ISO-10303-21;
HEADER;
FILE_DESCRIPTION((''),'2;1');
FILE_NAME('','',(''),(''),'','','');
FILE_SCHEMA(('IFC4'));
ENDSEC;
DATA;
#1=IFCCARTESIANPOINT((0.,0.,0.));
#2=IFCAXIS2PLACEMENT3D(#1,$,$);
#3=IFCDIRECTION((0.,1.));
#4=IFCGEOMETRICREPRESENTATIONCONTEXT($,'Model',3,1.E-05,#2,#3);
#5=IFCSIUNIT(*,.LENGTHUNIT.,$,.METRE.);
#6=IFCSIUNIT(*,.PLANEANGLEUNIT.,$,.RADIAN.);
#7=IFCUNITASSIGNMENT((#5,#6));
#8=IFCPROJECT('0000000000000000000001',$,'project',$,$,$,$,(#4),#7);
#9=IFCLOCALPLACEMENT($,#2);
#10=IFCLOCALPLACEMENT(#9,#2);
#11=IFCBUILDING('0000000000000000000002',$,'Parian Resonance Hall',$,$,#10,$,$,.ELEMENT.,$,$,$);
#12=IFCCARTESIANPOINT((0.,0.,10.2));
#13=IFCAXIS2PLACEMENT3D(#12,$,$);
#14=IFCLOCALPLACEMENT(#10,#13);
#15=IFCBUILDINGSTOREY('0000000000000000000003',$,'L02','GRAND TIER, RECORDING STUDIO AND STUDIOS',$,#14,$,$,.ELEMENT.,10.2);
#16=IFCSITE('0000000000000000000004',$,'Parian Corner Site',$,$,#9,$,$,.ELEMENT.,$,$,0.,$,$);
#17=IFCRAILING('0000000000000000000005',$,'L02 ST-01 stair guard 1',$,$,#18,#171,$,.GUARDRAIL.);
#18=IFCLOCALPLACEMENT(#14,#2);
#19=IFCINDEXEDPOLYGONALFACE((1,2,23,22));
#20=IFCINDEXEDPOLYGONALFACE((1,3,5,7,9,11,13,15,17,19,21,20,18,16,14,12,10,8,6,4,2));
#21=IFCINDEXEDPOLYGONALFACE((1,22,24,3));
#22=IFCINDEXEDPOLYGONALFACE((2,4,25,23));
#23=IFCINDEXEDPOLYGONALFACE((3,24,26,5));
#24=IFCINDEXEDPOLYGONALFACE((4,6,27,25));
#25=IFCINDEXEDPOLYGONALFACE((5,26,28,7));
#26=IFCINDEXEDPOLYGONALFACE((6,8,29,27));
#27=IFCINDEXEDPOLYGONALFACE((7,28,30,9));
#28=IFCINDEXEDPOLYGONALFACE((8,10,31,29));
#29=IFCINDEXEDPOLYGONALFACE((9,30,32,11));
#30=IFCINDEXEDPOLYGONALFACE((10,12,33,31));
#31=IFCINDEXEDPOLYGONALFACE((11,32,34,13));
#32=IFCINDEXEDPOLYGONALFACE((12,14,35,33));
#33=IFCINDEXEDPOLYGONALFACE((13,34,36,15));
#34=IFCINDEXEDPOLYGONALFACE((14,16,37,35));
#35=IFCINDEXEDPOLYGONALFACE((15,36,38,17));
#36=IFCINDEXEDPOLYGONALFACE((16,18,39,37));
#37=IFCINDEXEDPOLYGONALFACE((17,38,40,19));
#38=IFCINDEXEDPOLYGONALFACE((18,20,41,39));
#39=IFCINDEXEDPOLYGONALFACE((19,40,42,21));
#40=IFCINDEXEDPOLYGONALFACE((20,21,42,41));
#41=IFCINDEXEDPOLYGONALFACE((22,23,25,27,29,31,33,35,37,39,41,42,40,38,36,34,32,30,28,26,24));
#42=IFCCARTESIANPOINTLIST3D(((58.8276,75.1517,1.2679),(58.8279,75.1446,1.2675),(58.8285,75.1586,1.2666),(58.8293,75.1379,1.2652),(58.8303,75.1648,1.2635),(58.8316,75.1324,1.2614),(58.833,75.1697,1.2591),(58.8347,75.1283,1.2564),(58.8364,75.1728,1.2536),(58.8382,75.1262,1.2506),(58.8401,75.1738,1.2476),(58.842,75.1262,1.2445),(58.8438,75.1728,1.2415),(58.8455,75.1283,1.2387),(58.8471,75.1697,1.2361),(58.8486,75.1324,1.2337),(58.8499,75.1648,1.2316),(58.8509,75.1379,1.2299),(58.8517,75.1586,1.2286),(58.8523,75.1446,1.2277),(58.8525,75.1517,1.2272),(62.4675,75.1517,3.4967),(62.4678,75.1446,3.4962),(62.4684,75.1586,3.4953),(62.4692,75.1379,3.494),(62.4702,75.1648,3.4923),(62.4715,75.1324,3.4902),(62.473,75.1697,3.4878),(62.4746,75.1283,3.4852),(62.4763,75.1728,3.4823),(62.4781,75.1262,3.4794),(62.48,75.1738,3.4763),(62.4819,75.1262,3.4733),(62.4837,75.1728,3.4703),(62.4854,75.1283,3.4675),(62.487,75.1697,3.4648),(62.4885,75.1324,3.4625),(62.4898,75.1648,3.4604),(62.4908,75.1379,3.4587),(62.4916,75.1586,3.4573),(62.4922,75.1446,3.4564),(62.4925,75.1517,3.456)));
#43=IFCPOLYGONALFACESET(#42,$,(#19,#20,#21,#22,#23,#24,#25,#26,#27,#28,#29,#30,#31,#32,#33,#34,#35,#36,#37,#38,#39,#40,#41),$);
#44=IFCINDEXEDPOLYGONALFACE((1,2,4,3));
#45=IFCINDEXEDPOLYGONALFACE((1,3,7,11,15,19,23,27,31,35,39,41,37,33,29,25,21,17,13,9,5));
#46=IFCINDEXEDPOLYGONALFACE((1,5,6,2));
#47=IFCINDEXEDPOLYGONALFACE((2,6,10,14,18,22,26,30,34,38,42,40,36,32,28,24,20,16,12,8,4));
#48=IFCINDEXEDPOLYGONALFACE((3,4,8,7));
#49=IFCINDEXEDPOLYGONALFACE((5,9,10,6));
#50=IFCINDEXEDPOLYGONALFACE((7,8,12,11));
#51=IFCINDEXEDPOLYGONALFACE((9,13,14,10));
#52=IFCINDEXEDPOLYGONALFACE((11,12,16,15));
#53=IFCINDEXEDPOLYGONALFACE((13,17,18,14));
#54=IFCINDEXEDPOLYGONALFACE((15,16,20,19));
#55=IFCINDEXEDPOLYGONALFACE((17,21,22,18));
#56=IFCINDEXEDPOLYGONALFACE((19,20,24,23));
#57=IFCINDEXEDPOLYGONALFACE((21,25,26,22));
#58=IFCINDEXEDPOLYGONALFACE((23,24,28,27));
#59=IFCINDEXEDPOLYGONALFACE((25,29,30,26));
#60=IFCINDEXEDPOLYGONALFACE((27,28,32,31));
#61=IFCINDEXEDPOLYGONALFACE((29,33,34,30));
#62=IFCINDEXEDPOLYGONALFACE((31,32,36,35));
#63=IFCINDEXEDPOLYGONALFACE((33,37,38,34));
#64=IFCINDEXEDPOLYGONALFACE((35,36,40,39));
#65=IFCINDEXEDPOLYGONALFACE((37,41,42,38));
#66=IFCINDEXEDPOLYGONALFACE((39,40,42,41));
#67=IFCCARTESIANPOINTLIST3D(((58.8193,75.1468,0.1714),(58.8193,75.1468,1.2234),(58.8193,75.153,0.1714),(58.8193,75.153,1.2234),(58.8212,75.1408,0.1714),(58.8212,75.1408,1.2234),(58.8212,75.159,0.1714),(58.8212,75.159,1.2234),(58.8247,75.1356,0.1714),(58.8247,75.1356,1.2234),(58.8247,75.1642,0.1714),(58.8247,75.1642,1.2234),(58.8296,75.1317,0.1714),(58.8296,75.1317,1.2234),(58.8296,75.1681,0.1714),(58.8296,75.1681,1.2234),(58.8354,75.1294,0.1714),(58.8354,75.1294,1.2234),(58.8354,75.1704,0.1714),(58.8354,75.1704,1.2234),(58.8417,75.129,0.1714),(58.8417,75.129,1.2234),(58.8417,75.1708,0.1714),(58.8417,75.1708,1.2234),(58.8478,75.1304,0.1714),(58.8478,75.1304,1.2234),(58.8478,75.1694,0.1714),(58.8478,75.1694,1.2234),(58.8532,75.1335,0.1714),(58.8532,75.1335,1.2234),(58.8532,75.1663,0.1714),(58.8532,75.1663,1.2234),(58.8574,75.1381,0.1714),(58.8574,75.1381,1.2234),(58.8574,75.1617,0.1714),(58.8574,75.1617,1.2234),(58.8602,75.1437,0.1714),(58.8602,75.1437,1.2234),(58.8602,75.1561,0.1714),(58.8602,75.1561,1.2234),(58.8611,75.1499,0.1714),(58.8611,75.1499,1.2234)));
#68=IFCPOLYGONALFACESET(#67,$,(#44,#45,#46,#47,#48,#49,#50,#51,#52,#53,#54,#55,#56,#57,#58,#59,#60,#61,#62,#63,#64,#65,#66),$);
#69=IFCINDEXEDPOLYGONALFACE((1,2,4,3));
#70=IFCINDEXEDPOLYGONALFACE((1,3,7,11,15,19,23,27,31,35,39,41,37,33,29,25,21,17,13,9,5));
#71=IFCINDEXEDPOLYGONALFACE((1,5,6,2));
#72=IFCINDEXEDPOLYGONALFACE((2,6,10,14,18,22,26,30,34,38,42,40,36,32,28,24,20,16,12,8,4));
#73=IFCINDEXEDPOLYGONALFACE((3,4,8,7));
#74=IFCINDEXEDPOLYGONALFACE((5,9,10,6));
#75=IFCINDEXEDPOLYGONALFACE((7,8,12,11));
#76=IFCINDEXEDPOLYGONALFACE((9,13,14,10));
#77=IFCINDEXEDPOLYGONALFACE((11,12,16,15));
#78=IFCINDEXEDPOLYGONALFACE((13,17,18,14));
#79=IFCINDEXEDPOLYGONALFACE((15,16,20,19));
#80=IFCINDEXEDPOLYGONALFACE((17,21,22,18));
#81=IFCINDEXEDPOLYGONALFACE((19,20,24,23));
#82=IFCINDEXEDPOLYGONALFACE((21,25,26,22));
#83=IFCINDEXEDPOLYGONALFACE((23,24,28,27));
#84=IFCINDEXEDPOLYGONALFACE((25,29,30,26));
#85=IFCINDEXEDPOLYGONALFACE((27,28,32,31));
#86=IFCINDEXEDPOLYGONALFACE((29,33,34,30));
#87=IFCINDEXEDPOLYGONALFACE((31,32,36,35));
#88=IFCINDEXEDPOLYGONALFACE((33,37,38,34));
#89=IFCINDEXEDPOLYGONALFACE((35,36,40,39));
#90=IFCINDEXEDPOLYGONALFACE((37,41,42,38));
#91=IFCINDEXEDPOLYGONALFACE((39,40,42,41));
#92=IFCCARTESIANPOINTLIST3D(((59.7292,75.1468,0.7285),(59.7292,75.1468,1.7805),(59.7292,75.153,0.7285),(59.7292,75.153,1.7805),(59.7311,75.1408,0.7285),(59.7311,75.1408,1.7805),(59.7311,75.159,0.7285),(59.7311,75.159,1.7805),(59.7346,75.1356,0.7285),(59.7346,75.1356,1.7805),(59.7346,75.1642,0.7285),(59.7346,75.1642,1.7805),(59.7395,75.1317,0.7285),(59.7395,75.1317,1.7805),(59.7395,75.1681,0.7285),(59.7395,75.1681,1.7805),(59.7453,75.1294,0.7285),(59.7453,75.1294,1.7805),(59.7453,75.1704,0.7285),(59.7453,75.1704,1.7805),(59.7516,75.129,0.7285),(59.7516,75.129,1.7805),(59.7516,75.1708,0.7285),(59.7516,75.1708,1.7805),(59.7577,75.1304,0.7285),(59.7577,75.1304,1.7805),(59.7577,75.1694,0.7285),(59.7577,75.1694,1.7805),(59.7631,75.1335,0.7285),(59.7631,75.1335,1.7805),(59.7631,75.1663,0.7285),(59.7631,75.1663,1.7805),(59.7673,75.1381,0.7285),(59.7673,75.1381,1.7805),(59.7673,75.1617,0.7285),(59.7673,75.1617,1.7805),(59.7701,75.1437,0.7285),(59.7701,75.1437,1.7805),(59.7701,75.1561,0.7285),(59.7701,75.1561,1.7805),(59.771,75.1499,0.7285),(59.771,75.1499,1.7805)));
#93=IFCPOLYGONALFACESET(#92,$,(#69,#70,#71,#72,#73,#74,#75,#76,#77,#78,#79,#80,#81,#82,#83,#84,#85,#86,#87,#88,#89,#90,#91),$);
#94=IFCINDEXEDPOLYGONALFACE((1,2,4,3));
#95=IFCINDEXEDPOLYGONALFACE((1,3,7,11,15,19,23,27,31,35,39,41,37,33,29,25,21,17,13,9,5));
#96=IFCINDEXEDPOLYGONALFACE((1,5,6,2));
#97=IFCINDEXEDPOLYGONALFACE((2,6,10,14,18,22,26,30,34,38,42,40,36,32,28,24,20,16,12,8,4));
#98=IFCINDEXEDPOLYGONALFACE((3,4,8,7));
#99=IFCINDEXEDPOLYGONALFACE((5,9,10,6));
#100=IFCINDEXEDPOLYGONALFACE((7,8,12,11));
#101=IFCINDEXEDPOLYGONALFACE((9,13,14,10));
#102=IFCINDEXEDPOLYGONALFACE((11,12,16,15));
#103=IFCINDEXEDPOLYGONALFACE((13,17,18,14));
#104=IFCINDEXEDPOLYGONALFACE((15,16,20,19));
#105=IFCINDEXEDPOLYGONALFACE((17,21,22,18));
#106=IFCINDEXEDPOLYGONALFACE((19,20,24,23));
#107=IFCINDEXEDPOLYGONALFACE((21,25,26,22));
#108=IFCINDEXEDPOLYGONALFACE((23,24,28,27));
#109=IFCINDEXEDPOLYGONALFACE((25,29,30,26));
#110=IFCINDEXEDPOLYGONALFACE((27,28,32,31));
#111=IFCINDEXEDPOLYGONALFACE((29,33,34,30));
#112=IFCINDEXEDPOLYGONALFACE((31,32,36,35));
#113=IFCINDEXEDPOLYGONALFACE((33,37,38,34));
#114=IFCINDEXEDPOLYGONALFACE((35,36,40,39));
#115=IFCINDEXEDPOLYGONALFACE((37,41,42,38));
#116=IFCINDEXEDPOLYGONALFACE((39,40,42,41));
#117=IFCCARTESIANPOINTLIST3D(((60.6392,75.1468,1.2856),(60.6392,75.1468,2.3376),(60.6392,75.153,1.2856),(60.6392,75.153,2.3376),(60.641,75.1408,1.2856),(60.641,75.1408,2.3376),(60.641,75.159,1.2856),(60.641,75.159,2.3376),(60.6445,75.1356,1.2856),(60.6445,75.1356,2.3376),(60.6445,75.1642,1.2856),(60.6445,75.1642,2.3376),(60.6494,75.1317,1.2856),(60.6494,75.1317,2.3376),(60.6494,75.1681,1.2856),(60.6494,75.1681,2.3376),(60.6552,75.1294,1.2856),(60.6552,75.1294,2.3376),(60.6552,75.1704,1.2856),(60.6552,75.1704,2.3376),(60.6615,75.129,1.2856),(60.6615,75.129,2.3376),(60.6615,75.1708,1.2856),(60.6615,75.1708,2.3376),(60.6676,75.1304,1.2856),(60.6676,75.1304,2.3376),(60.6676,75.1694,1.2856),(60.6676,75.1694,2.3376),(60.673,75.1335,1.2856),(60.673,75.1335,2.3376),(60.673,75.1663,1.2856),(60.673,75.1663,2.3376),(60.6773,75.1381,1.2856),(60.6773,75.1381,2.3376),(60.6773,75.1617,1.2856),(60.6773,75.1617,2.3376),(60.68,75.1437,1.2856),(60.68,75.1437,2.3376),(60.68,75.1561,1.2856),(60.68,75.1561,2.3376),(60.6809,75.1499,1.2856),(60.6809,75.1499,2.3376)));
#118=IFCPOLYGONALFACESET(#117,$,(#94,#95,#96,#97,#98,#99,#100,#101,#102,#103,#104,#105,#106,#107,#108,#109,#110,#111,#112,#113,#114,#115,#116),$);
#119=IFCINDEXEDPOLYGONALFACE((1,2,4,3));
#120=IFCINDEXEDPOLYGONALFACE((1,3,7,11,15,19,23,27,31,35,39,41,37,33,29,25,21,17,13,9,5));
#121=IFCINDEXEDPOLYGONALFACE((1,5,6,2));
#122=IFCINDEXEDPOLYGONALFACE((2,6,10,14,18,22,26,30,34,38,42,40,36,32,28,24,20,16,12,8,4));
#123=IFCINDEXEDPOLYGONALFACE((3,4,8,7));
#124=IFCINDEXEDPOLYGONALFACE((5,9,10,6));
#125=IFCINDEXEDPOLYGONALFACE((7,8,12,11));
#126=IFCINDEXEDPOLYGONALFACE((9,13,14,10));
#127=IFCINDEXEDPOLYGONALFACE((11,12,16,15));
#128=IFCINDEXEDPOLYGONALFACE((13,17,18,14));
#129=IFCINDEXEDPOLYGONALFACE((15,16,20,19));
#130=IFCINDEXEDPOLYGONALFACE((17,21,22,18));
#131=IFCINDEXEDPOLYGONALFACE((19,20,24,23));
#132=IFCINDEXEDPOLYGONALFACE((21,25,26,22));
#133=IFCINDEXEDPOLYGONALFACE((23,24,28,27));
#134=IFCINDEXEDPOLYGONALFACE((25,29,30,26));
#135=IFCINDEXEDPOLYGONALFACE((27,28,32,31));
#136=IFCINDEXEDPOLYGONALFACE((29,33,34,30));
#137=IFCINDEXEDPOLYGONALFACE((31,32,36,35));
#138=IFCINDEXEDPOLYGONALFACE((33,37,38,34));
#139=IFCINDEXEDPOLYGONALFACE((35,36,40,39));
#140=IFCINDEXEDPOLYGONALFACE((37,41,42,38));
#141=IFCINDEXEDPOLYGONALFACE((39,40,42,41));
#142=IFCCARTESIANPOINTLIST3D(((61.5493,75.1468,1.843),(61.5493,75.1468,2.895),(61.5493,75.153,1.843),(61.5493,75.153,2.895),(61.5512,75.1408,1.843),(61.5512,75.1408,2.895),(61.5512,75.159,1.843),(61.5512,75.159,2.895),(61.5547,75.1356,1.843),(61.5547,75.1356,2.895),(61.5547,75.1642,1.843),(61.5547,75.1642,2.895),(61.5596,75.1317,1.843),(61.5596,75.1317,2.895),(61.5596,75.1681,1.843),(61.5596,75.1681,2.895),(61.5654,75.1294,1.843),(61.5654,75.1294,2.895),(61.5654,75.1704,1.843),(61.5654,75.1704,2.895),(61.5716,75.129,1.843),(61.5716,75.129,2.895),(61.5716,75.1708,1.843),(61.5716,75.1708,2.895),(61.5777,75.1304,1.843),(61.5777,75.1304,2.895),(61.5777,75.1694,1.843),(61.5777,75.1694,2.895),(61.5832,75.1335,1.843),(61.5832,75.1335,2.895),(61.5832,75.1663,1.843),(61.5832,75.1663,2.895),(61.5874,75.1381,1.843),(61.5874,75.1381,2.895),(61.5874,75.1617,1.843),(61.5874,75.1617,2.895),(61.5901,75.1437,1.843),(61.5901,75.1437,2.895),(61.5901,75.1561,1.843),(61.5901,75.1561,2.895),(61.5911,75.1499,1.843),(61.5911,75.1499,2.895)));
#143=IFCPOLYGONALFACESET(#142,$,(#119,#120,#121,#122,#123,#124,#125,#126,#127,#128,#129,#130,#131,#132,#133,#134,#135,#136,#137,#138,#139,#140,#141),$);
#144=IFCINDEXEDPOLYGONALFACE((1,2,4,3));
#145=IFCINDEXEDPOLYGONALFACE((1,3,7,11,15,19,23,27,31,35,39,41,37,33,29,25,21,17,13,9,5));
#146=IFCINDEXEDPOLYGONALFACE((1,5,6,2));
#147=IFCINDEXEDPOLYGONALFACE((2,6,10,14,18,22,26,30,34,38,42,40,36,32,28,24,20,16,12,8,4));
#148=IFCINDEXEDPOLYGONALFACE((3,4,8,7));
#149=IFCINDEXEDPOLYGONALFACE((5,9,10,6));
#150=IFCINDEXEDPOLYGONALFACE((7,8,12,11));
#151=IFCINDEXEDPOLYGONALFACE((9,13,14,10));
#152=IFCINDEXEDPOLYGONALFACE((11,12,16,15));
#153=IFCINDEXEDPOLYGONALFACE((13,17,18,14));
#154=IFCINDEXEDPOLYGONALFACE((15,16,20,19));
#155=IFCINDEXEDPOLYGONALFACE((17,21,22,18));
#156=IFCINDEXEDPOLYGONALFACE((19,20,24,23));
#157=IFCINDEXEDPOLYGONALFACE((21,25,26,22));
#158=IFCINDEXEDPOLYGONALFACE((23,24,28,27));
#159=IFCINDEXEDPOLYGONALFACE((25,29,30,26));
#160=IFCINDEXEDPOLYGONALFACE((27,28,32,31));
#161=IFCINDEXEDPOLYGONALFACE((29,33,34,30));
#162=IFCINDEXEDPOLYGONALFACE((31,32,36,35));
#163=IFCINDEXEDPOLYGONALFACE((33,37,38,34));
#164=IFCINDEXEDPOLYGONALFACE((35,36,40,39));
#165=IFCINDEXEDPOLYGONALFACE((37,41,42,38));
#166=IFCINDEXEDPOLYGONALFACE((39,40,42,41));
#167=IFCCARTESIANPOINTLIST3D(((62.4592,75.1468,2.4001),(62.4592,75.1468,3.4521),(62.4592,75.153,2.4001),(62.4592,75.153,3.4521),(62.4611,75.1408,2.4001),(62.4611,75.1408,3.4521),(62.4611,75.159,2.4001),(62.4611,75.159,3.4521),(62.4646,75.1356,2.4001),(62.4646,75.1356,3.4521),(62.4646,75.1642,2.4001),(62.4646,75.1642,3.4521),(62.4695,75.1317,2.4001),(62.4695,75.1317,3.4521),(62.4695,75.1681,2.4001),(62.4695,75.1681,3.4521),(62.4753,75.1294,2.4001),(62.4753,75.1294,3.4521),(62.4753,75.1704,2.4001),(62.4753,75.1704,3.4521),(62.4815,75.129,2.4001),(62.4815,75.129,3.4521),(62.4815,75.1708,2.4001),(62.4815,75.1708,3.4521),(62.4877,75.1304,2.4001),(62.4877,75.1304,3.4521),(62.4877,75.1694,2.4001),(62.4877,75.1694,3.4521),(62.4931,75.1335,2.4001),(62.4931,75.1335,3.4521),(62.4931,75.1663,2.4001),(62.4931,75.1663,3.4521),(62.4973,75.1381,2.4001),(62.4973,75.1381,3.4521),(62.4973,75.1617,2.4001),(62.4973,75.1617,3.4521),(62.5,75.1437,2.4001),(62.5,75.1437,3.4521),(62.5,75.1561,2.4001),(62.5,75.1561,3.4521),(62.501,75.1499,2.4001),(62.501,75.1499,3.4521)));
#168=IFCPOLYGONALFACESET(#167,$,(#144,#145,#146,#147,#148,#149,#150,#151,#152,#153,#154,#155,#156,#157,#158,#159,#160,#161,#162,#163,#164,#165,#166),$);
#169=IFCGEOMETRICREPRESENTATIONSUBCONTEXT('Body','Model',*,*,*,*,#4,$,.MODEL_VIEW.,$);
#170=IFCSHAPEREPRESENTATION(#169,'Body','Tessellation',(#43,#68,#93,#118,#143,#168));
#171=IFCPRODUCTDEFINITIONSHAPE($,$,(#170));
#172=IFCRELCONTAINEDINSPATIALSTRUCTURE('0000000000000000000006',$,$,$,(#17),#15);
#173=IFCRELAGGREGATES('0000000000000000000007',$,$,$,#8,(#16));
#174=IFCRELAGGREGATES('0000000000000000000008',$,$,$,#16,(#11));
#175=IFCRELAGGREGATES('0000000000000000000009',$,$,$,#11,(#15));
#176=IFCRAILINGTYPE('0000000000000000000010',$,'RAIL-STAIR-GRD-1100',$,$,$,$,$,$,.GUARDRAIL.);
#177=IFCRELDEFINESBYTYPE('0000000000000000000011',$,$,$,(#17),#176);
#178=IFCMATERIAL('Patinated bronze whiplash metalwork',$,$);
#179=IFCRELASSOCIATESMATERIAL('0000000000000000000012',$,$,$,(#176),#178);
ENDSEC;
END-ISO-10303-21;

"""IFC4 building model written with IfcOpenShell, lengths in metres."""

from ifc_helpers import new_model, si_unit, direction, frame, origin, origin_2d, place, context, subcontext, project, spatial, circle, extrude, material, type_object, element, save


model = new_model("IFC4")

# Units and contexts
model_context = context("Model", 3, precision=1e-05, world=origin(), true_north=direction((0.0, 1.0)))
body_context = subcontext(model_context, "Body", "Model", "MODEL_VIEW")
ifc_project = project(units=[si_unit("LENGTHUNIT", "METRE"), si_unit("PLANEANGLEUNIT", "RADIAN")], contexts=[model_context])

# Site, building, storey
site_placement = place(None, origin())
site = spatial("IfcSite", under=ifc_project, at=site_placement, Name="Parian Corner Site", CompositionType="ELEMENT", RefElevation=0.0)
building_placement = place(site_placement, origin())
building = spatial("IfcBuilding", under=site, at=building_placement, Name="Parian Resonance Hall", CompositionType="ELEMENT")
storey_placement = place(building_placement, frame((0.0, 0.0, 10.2)))
storey = spatial("IfcBuildingStorey", under=building, at=storey_placement, Name="L02", Description="GRAND TIER, RECORDING STUDIO AND STUDIOS", CompositionType="ELEMENT", Elevation=10.2)

# Railing
ifc_material_1 = material(Name="Patinated bronze whiplash metalwork")
railing_type_1 = type_object("IfcRailingType", Name="RAIL-STAIR-GRD-1100", PredefinedType="GUARDRAIL", material=ifc_material_1)
railing_1_placement = place(storey_placement, frame((58.8401, 75.1499, 0.1714)))
element("IfcRailing", 1, at=railing_1_placement, inside=storey, type_object=railing_type_1, Name="L02 ST-01 stair guard 1", PredefinedType="GUARDRAIL", context=body_context, shape_type="SweptSolid", body=[
    extrude(circle(Radius=0.0239, at=origin_2d()), frame((0.0, 0.0, 1.0762), z_axis=(0.852825, 0.0, 0.522197), x_axis=(0.0, 1.0, 0.0)), (0.0, 0.0, 1.0), 4.2681),
    extrude(circle(Radius=0.021, at=origin_2d()), origin(), (0.0, 0.0, 1.0), 1.052),
    extrude(circle(Radius=0.021, at=origin_2d()), frame((0.9099, 0.0, 0.5571)), (0.0, 0.0, 1.0), 1.052),
    extrude(circle(Radius=0.021, at=origin_2d()), frame((1.8198, 0.0, 1.1143)), (0.0, 0.0, 1.0), 1.052),
    extrude(circle(Radius=0.021, at=origin_2d()), frame((2.73, 0.0, 1.6716)), (0.0, 0.0, 1.0), 1.052),
    extrude(circle(Radius=0.021, at=origin_2d()), frame((3.6399, 0.0, 2.2288)), (0.0, 0.0, 1.0), 1.052),
])

save(model, "model.ifc")
